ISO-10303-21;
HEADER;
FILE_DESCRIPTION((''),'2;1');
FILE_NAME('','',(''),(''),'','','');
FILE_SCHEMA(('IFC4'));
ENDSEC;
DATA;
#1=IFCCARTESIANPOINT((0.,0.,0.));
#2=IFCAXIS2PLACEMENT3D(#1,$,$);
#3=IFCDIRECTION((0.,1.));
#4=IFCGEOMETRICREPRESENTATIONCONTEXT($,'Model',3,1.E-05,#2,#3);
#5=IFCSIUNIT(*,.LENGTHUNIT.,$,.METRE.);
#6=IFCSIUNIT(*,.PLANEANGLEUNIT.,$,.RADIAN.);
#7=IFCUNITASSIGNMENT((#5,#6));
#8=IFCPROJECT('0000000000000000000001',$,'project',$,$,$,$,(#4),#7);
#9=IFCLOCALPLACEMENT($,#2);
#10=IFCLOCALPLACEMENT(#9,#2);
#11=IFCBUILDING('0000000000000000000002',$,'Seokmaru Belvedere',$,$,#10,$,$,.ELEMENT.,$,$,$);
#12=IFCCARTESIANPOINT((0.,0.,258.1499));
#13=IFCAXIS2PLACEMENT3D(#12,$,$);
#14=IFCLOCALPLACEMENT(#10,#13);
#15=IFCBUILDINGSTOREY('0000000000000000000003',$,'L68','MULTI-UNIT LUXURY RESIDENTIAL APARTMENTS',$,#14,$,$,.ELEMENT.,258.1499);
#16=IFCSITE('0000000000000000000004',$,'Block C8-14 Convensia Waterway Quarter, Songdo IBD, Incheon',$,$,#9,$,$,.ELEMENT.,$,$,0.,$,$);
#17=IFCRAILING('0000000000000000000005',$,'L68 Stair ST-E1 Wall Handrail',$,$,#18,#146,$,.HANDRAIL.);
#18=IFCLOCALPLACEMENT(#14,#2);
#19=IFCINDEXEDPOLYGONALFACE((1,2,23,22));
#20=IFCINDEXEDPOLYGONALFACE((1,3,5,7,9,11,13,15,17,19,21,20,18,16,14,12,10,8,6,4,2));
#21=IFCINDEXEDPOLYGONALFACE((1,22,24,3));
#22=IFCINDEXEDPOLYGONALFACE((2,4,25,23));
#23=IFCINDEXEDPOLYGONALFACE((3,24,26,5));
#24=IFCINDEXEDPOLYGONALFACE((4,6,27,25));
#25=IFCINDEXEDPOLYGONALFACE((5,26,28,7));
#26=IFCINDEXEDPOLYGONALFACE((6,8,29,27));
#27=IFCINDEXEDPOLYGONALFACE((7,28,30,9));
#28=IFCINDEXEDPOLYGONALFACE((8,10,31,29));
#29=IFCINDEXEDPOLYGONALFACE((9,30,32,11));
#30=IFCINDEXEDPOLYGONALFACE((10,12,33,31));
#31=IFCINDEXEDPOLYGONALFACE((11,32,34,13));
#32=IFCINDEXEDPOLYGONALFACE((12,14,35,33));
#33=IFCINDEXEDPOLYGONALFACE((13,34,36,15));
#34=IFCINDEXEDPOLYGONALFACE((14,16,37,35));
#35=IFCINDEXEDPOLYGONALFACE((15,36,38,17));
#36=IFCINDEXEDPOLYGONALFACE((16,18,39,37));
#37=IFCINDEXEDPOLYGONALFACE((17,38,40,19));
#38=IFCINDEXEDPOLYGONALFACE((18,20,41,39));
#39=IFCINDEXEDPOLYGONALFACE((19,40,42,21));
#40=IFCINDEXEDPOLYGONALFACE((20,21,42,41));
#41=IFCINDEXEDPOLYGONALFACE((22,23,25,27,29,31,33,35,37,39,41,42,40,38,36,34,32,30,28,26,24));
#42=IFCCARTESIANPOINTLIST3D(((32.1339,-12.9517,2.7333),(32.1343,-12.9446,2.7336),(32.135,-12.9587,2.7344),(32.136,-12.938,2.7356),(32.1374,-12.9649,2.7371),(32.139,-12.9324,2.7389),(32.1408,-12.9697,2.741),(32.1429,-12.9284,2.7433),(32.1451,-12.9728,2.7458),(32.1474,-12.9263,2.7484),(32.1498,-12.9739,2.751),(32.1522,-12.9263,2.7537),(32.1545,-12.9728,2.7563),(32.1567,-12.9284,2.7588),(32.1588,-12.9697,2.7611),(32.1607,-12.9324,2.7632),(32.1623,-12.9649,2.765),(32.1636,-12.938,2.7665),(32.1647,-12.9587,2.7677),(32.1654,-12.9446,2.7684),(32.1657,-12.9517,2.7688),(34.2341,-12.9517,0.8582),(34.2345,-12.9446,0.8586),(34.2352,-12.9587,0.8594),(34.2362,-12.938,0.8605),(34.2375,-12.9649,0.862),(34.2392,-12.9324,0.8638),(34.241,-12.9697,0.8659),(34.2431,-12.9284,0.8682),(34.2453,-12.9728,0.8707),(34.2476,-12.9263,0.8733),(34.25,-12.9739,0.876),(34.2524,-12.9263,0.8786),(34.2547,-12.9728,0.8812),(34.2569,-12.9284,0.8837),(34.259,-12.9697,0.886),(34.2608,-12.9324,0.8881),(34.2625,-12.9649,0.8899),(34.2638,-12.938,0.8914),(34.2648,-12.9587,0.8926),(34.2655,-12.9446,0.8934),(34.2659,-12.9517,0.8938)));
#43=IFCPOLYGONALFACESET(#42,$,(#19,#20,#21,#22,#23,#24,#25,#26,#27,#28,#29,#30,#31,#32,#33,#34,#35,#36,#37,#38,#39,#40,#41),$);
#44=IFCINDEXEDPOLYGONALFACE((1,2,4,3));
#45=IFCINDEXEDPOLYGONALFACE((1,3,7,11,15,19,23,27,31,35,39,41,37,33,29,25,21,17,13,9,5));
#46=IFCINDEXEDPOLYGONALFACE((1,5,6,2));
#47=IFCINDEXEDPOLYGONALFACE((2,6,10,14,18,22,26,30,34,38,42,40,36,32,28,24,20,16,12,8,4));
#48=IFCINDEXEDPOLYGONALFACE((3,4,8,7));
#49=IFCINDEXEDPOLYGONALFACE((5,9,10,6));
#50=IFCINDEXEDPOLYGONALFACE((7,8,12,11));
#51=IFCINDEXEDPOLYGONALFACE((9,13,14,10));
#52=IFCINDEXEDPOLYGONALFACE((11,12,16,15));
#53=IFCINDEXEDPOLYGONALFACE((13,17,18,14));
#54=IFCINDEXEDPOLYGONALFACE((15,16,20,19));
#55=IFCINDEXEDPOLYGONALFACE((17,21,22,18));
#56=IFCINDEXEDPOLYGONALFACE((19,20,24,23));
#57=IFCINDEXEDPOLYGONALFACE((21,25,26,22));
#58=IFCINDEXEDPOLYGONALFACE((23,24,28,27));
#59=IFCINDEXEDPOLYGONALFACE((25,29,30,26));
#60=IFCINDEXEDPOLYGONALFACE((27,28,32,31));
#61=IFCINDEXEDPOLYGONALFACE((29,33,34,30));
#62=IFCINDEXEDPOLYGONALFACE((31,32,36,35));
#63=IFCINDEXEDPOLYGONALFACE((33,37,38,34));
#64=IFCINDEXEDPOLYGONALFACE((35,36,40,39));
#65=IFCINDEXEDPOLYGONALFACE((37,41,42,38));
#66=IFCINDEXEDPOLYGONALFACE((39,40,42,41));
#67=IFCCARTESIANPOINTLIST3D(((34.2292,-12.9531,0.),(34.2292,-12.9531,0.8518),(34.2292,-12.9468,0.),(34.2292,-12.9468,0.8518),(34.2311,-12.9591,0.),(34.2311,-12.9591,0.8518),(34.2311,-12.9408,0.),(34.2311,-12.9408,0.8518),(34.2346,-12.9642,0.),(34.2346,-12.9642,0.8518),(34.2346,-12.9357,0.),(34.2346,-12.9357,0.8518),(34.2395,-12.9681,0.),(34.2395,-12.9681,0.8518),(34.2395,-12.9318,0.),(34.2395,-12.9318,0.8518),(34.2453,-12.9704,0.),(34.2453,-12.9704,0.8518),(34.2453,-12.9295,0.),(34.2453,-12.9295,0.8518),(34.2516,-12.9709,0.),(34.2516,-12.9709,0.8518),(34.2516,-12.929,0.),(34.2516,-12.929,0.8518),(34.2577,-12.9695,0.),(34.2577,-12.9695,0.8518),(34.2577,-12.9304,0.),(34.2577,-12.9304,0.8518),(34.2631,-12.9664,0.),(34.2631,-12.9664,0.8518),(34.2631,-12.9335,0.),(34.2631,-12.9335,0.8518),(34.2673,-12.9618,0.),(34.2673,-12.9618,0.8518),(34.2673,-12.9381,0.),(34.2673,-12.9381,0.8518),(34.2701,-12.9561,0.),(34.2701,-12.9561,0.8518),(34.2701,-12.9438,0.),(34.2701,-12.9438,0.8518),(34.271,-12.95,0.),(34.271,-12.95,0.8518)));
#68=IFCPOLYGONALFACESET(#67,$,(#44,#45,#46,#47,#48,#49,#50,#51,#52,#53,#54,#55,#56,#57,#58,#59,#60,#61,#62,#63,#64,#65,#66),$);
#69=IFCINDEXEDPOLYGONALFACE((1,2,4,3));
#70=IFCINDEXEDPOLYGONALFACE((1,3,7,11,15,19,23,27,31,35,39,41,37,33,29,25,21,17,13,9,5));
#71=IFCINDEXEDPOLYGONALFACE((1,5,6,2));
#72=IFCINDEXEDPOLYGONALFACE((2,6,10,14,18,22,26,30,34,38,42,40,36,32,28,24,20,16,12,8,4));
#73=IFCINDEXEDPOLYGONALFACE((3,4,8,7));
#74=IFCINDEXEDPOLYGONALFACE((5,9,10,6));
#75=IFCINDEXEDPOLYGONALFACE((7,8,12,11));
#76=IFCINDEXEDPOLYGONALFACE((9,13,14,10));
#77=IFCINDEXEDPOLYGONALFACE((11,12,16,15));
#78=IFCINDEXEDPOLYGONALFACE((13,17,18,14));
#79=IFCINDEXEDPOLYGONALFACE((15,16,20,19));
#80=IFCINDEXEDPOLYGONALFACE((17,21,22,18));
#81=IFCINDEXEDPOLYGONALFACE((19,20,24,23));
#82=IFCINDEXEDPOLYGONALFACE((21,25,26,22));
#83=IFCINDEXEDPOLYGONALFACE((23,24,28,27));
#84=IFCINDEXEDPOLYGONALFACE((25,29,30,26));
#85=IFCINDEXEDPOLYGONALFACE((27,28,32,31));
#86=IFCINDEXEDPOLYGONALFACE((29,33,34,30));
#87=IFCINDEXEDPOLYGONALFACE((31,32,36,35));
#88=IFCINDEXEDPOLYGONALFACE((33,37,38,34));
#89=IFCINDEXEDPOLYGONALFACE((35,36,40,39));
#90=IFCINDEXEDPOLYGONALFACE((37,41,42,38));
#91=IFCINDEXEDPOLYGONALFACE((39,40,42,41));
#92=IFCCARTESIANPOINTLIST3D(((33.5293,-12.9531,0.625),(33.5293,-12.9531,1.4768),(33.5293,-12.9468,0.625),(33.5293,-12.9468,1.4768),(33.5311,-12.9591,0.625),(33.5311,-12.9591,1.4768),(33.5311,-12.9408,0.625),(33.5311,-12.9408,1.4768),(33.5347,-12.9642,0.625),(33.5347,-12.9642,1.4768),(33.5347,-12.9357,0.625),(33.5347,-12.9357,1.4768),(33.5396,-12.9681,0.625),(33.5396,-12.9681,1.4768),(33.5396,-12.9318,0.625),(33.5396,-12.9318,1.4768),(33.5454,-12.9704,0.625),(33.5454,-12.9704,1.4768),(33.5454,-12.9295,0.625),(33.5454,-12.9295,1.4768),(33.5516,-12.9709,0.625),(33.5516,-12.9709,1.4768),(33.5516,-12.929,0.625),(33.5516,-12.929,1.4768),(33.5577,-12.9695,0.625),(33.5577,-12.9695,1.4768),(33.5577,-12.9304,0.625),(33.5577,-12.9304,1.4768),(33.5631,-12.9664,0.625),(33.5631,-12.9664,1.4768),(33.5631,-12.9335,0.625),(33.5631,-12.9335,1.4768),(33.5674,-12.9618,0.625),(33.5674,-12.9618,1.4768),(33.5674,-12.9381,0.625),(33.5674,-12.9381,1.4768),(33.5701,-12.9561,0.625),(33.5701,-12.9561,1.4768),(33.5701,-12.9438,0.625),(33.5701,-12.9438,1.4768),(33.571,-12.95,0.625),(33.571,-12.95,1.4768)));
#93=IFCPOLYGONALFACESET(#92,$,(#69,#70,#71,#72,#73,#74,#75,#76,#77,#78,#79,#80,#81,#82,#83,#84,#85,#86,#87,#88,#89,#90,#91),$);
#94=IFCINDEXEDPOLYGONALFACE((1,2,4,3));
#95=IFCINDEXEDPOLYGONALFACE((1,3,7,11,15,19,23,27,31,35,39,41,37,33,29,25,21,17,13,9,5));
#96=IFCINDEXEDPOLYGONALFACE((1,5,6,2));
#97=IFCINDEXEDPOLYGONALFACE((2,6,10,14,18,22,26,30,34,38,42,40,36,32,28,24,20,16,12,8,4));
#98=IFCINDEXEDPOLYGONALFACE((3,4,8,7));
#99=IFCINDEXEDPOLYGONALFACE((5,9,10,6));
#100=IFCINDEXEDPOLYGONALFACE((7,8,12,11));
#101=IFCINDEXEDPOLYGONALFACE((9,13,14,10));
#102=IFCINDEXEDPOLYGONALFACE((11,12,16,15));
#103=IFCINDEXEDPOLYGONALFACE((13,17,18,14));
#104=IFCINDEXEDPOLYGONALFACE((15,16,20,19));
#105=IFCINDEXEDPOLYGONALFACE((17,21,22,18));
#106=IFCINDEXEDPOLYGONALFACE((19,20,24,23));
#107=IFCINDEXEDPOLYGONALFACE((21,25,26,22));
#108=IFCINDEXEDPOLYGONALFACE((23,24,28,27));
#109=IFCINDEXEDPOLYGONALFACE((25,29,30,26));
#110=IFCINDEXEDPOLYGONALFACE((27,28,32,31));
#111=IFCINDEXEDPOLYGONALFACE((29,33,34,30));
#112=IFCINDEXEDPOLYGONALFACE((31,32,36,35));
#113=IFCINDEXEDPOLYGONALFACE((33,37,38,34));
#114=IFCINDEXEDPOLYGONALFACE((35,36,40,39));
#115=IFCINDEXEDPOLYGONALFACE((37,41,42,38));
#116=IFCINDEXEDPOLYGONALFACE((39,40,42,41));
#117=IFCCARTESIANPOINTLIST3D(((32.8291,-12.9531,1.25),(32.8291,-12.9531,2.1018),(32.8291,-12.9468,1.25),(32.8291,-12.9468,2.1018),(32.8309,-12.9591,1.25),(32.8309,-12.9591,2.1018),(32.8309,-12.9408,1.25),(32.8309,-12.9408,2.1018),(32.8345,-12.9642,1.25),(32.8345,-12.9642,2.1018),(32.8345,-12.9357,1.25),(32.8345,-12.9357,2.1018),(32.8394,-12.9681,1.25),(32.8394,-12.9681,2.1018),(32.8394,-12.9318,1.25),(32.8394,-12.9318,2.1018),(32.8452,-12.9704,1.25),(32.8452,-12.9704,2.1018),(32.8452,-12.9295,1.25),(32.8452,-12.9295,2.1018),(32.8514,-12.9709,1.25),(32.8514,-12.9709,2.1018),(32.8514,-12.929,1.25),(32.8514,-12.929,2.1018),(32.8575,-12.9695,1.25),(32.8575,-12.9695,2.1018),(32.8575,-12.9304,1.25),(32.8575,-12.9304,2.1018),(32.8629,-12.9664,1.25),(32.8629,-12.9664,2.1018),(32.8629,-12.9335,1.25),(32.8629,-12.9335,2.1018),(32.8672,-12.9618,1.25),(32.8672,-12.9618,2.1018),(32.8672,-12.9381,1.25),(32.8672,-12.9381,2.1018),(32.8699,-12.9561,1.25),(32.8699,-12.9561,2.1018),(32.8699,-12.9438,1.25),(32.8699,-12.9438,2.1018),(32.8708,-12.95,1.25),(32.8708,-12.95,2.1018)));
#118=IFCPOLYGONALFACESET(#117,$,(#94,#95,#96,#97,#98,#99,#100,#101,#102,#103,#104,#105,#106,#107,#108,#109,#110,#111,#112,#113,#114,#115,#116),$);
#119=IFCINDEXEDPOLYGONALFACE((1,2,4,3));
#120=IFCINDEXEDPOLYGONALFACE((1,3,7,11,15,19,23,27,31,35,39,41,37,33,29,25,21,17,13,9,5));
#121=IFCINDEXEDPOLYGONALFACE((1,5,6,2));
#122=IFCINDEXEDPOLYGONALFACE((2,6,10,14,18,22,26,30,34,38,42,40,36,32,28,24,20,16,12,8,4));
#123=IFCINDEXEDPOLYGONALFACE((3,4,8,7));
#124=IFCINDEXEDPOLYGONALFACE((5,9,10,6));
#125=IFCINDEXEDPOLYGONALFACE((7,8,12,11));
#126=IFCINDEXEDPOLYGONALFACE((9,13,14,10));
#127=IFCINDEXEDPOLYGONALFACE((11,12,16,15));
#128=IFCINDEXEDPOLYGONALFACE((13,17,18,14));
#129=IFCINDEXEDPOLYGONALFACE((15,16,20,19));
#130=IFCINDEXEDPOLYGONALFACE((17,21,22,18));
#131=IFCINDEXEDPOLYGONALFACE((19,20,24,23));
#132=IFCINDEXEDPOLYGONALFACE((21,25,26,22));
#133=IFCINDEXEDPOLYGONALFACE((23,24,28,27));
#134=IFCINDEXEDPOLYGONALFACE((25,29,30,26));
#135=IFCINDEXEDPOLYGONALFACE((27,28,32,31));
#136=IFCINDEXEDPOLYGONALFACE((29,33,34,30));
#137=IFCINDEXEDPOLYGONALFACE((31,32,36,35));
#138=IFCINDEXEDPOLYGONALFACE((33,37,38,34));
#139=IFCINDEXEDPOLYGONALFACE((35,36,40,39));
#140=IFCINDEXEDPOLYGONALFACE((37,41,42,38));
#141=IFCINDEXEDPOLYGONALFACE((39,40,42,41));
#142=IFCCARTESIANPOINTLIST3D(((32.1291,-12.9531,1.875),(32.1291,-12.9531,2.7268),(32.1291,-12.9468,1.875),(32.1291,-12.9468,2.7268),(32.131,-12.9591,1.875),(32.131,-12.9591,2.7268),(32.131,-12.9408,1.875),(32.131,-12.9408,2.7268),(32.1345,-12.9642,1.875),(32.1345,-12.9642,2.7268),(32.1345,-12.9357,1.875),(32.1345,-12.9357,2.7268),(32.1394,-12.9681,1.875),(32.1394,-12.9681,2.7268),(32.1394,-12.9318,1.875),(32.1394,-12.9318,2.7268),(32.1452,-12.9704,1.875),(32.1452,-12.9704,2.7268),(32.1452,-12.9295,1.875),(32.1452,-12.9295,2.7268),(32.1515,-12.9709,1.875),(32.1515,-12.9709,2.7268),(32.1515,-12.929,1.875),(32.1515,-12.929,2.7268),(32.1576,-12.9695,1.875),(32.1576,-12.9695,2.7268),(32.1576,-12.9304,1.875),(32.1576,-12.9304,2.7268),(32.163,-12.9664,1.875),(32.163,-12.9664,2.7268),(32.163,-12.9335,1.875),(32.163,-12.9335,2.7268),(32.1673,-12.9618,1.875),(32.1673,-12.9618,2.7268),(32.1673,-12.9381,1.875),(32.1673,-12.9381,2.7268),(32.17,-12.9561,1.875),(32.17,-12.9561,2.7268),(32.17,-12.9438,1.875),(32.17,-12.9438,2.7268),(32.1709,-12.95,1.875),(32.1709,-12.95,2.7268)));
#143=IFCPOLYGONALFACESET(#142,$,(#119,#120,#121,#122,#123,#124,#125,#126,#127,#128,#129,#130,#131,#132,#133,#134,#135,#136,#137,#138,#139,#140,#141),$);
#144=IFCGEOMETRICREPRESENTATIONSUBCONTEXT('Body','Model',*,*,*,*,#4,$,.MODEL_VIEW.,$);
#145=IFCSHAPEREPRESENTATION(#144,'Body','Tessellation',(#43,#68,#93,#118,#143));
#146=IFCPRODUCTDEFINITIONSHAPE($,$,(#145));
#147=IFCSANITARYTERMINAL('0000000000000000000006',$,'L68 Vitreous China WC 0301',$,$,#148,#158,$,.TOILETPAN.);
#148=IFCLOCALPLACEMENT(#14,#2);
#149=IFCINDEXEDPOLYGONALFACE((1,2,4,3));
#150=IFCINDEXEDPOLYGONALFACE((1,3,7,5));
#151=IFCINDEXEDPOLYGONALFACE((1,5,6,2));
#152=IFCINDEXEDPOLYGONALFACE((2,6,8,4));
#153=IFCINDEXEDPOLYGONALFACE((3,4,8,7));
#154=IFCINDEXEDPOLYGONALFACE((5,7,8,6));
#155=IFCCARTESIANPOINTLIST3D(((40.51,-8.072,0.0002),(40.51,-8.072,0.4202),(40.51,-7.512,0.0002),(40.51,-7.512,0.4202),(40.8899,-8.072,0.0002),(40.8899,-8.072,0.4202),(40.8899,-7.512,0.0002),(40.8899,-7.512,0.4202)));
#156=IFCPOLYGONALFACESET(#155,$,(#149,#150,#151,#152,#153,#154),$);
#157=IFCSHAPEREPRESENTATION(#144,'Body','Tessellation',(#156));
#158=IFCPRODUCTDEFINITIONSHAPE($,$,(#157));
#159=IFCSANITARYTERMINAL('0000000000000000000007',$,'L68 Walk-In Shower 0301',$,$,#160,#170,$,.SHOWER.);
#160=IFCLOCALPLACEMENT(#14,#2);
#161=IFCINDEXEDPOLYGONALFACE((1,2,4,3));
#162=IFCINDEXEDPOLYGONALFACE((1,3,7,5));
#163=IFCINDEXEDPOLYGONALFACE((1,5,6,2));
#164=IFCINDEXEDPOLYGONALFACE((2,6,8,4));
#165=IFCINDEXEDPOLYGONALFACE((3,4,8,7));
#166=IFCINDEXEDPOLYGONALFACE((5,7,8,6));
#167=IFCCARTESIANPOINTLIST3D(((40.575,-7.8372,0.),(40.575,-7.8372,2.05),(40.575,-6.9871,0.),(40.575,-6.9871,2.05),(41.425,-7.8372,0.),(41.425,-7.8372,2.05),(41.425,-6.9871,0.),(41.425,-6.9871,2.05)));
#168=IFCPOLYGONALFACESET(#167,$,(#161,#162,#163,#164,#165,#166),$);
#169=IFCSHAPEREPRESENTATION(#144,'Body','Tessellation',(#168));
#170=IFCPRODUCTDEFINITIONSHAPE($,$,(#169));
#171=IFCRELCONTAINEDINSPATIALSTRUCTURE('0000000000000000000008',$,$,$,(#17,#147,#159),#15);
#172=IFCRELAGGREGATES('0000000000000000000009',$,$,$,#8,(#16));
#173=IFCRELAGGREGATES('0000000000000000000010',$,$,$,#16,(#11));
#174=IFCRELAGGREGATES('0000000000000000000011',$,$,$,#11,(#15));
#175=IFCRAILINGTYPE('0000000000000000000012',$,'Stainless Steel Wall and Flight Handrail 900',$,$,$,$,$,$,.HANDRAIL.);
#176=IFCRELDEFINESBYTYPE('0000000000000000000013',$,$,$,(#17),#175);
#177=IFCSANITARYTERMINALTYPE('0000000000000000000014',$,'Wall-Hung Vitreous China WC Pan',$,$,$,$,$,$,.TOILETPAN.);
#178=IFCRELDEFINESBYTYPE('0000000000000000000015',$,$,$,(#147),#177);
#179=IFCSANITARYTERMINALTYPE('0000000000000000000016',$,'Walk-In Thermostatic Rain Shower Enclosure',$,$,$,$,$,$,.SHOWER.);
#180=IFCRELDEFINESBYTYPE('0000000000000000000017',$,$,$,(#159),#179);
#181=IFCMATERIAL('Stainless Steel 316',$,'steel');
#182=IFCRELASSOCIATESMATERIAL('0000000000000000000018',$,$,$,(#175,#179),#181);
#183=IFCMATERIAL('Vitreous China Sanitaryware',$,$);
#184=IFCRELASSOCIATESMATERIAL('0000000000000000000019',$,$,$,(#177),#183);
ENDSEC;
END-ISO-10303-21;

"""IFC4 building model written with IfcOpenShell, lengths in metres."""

from ifc_helpers import new_model, si_unit, direction, frame, origin, origin_2d, place, context, subcontext, project, spatial, rectangle, circle, extrude, source, transform, mapped, material, type_object, type_shapes, element, save


model = new_model("IFC4")

# Units and contexts
model_context = context("Model", 3, precision=1e-05, world=origin(), true_north=direction((0.0, 1.0)))
body_context = subcontext(model_context, "Body", "Model", "MODEL_VIEW")
ifc_project = project(units=[si_unit("LENGTHUNIT", "METRE"), si_unit("PLANEANGLEUNIT", "RADIAN")], contexts=[model_context])

# Site, building, storey
site_placement = place(None, origin())
site = spatial("IfcSite", under=ifc_project, at=site_placement, Name="Block C8-14 Convensia Waterway Quarter, Songdo IBD, Incheon", CompositionType="ELEMENT", RefElevation=0.0)
building_placement = place(site_placement, origin())
building = spatial("IfcBuilding", under=site, at=building_placement, Name="Seokmaru Belvedere", CompositionType="ELEMENT")
storey_placement = place(building_placement, frame((0.0, 0.0, 258.1499)))
storey = spatial("IfcBuildingStorey", under=building, at=storey_placement, Name="L68", Description="MULTI-UNIT LUXURY RESIDENTIAL APARTMENTS", CompositionType="ELEMENT", Elevation=258.1499)

# Railing
ifc_material_1 = material(Name="Stainless Steel 316", Category="steel")
railing_type_1 = type_object("IfcRailingType", Name="Stainless Steel Wall and Flight Handrail 900", PredefinedType="HANDRAIL", material=ifc_material_1)
railing_1_placement = place(storey_placement, frame((34.25, -12.95, 0.0)))
element("IfcRailing", 1, at=railing_1_placement, inside=storey, type_object=railing_type_1, Name="L68 Stair ST-E1 Wall Handrail", PredefinedType="HANDRAIL", context=body_context, shape_type="SweptSolid", body=[
    extrude(circle(Radius=0.0239, at=origin_2d()), frame((0.0, 0.0, 0.876), z_axis=(-0.745953, 0.0, 0.665999), x_axis=(0.0, -1.0, 0.0)), (0.0, 0.0, 1.0), 2.8154),
    extrude(circle(Radius=0.021, at=origin_2d()), origin(), (0.0, 0.0, 1.0), 0.8518),
    extrude(circle(Radius=0.021, at=origin_2d()), frame((-0.7, 0.0, 0.625)), (0.0, 0.0, 1.0), 0.8518),
    extrude(circle(Radius=0.021, at=origin_2d()), frame((-1.4001, 0.0, 1.25)), (0.0, 0.0, 1.0), 0.8518),
    extrude(circle(Radius=0.021, at=origin_2d()), frame((-2.1001, 0.0, 1.875)), (0.0, 0.0, 1.0), 0.8518),
])

# Sanitary terminals
ifc_material_2 = material(Name="Vitreous China Sanitaryware")
sanitary_terminal_type_1 = type_object("IfcSanitaryTerminalType", Name="Wall-Hung Vitreous China WC Pan", PredefinedType="TOILETPAN", material=ifc_material_2)
shared_shape_1 = source(origin(), body_context, "Body", "SweptSolid", [
    extrude(rectangle(XDim=0.3799, YDim=0.5601, at=origin_2d()), origin(), (0.0, 0.0, 1.0), 0.4199),
])
type_shapes(sanitary_terminal_type_1, [shared_shape_1])
sanitary_terminal_1_placement = place(storey_placement, frame((40.7, -7.792, 0.0002), z_axis=(0.0, 0.0, 1.0), x_axis=(1.0, 0.0, 0.0)))
element("IfcSanitaryTerminal", 2, at=sanitary_terminal_1_placement, inside=storey, type_object=sanitary_terminal_type_1, Name="L68 Vitreous China WC 0301", PredefinedType="TOILETPAN", context=body_context, shape_type="MappedRepresentation", body=[
    mapped(shared_shape_1, transform((0.0, 0.0, 0.0), scale=1.0)),
])
sanitary_terminal_type_2 = type_object("IfcSanitaryTerminalType", Name="Walk-In Thermostatic Rain Shower Enclosure", PredefinedType="SHOWER", material=ifc_material_1)
shared_shape_2 = source(origin(), body_context, "Body", "SweptSolid", [
    extrude(rectangle(XDim=0.8501, YDim=0.8501, at=origin_2d()), origin(), (0.0, 0.0, 1.0), 2.05),
])
type_shapes(sanitary_terminal_type_2, [shared_shape_2])
sanitary_terminal_2_placement = place(storey_placement, frame((41.0, -7.4121, 0.0), z_axis=(0.0, 0.0, 1.0), x_axis=(1.0, 0.0, 0.0)))
element("IfcSanitaryTerminal", 3, at=sanitary_terminal_2_placement, inside=storey, type_object=sanitary_terminal_type_2, Name="L68 Walk-In Shower 0301", PredefinedType="SHOWER", context=body_context, shape_type="MappedRepresentation", body=[
    mapped(shared_shape_2, transform((0.0, 0.0, 0.0), scale=1.0)),
])

save(model, "model.ifc")
